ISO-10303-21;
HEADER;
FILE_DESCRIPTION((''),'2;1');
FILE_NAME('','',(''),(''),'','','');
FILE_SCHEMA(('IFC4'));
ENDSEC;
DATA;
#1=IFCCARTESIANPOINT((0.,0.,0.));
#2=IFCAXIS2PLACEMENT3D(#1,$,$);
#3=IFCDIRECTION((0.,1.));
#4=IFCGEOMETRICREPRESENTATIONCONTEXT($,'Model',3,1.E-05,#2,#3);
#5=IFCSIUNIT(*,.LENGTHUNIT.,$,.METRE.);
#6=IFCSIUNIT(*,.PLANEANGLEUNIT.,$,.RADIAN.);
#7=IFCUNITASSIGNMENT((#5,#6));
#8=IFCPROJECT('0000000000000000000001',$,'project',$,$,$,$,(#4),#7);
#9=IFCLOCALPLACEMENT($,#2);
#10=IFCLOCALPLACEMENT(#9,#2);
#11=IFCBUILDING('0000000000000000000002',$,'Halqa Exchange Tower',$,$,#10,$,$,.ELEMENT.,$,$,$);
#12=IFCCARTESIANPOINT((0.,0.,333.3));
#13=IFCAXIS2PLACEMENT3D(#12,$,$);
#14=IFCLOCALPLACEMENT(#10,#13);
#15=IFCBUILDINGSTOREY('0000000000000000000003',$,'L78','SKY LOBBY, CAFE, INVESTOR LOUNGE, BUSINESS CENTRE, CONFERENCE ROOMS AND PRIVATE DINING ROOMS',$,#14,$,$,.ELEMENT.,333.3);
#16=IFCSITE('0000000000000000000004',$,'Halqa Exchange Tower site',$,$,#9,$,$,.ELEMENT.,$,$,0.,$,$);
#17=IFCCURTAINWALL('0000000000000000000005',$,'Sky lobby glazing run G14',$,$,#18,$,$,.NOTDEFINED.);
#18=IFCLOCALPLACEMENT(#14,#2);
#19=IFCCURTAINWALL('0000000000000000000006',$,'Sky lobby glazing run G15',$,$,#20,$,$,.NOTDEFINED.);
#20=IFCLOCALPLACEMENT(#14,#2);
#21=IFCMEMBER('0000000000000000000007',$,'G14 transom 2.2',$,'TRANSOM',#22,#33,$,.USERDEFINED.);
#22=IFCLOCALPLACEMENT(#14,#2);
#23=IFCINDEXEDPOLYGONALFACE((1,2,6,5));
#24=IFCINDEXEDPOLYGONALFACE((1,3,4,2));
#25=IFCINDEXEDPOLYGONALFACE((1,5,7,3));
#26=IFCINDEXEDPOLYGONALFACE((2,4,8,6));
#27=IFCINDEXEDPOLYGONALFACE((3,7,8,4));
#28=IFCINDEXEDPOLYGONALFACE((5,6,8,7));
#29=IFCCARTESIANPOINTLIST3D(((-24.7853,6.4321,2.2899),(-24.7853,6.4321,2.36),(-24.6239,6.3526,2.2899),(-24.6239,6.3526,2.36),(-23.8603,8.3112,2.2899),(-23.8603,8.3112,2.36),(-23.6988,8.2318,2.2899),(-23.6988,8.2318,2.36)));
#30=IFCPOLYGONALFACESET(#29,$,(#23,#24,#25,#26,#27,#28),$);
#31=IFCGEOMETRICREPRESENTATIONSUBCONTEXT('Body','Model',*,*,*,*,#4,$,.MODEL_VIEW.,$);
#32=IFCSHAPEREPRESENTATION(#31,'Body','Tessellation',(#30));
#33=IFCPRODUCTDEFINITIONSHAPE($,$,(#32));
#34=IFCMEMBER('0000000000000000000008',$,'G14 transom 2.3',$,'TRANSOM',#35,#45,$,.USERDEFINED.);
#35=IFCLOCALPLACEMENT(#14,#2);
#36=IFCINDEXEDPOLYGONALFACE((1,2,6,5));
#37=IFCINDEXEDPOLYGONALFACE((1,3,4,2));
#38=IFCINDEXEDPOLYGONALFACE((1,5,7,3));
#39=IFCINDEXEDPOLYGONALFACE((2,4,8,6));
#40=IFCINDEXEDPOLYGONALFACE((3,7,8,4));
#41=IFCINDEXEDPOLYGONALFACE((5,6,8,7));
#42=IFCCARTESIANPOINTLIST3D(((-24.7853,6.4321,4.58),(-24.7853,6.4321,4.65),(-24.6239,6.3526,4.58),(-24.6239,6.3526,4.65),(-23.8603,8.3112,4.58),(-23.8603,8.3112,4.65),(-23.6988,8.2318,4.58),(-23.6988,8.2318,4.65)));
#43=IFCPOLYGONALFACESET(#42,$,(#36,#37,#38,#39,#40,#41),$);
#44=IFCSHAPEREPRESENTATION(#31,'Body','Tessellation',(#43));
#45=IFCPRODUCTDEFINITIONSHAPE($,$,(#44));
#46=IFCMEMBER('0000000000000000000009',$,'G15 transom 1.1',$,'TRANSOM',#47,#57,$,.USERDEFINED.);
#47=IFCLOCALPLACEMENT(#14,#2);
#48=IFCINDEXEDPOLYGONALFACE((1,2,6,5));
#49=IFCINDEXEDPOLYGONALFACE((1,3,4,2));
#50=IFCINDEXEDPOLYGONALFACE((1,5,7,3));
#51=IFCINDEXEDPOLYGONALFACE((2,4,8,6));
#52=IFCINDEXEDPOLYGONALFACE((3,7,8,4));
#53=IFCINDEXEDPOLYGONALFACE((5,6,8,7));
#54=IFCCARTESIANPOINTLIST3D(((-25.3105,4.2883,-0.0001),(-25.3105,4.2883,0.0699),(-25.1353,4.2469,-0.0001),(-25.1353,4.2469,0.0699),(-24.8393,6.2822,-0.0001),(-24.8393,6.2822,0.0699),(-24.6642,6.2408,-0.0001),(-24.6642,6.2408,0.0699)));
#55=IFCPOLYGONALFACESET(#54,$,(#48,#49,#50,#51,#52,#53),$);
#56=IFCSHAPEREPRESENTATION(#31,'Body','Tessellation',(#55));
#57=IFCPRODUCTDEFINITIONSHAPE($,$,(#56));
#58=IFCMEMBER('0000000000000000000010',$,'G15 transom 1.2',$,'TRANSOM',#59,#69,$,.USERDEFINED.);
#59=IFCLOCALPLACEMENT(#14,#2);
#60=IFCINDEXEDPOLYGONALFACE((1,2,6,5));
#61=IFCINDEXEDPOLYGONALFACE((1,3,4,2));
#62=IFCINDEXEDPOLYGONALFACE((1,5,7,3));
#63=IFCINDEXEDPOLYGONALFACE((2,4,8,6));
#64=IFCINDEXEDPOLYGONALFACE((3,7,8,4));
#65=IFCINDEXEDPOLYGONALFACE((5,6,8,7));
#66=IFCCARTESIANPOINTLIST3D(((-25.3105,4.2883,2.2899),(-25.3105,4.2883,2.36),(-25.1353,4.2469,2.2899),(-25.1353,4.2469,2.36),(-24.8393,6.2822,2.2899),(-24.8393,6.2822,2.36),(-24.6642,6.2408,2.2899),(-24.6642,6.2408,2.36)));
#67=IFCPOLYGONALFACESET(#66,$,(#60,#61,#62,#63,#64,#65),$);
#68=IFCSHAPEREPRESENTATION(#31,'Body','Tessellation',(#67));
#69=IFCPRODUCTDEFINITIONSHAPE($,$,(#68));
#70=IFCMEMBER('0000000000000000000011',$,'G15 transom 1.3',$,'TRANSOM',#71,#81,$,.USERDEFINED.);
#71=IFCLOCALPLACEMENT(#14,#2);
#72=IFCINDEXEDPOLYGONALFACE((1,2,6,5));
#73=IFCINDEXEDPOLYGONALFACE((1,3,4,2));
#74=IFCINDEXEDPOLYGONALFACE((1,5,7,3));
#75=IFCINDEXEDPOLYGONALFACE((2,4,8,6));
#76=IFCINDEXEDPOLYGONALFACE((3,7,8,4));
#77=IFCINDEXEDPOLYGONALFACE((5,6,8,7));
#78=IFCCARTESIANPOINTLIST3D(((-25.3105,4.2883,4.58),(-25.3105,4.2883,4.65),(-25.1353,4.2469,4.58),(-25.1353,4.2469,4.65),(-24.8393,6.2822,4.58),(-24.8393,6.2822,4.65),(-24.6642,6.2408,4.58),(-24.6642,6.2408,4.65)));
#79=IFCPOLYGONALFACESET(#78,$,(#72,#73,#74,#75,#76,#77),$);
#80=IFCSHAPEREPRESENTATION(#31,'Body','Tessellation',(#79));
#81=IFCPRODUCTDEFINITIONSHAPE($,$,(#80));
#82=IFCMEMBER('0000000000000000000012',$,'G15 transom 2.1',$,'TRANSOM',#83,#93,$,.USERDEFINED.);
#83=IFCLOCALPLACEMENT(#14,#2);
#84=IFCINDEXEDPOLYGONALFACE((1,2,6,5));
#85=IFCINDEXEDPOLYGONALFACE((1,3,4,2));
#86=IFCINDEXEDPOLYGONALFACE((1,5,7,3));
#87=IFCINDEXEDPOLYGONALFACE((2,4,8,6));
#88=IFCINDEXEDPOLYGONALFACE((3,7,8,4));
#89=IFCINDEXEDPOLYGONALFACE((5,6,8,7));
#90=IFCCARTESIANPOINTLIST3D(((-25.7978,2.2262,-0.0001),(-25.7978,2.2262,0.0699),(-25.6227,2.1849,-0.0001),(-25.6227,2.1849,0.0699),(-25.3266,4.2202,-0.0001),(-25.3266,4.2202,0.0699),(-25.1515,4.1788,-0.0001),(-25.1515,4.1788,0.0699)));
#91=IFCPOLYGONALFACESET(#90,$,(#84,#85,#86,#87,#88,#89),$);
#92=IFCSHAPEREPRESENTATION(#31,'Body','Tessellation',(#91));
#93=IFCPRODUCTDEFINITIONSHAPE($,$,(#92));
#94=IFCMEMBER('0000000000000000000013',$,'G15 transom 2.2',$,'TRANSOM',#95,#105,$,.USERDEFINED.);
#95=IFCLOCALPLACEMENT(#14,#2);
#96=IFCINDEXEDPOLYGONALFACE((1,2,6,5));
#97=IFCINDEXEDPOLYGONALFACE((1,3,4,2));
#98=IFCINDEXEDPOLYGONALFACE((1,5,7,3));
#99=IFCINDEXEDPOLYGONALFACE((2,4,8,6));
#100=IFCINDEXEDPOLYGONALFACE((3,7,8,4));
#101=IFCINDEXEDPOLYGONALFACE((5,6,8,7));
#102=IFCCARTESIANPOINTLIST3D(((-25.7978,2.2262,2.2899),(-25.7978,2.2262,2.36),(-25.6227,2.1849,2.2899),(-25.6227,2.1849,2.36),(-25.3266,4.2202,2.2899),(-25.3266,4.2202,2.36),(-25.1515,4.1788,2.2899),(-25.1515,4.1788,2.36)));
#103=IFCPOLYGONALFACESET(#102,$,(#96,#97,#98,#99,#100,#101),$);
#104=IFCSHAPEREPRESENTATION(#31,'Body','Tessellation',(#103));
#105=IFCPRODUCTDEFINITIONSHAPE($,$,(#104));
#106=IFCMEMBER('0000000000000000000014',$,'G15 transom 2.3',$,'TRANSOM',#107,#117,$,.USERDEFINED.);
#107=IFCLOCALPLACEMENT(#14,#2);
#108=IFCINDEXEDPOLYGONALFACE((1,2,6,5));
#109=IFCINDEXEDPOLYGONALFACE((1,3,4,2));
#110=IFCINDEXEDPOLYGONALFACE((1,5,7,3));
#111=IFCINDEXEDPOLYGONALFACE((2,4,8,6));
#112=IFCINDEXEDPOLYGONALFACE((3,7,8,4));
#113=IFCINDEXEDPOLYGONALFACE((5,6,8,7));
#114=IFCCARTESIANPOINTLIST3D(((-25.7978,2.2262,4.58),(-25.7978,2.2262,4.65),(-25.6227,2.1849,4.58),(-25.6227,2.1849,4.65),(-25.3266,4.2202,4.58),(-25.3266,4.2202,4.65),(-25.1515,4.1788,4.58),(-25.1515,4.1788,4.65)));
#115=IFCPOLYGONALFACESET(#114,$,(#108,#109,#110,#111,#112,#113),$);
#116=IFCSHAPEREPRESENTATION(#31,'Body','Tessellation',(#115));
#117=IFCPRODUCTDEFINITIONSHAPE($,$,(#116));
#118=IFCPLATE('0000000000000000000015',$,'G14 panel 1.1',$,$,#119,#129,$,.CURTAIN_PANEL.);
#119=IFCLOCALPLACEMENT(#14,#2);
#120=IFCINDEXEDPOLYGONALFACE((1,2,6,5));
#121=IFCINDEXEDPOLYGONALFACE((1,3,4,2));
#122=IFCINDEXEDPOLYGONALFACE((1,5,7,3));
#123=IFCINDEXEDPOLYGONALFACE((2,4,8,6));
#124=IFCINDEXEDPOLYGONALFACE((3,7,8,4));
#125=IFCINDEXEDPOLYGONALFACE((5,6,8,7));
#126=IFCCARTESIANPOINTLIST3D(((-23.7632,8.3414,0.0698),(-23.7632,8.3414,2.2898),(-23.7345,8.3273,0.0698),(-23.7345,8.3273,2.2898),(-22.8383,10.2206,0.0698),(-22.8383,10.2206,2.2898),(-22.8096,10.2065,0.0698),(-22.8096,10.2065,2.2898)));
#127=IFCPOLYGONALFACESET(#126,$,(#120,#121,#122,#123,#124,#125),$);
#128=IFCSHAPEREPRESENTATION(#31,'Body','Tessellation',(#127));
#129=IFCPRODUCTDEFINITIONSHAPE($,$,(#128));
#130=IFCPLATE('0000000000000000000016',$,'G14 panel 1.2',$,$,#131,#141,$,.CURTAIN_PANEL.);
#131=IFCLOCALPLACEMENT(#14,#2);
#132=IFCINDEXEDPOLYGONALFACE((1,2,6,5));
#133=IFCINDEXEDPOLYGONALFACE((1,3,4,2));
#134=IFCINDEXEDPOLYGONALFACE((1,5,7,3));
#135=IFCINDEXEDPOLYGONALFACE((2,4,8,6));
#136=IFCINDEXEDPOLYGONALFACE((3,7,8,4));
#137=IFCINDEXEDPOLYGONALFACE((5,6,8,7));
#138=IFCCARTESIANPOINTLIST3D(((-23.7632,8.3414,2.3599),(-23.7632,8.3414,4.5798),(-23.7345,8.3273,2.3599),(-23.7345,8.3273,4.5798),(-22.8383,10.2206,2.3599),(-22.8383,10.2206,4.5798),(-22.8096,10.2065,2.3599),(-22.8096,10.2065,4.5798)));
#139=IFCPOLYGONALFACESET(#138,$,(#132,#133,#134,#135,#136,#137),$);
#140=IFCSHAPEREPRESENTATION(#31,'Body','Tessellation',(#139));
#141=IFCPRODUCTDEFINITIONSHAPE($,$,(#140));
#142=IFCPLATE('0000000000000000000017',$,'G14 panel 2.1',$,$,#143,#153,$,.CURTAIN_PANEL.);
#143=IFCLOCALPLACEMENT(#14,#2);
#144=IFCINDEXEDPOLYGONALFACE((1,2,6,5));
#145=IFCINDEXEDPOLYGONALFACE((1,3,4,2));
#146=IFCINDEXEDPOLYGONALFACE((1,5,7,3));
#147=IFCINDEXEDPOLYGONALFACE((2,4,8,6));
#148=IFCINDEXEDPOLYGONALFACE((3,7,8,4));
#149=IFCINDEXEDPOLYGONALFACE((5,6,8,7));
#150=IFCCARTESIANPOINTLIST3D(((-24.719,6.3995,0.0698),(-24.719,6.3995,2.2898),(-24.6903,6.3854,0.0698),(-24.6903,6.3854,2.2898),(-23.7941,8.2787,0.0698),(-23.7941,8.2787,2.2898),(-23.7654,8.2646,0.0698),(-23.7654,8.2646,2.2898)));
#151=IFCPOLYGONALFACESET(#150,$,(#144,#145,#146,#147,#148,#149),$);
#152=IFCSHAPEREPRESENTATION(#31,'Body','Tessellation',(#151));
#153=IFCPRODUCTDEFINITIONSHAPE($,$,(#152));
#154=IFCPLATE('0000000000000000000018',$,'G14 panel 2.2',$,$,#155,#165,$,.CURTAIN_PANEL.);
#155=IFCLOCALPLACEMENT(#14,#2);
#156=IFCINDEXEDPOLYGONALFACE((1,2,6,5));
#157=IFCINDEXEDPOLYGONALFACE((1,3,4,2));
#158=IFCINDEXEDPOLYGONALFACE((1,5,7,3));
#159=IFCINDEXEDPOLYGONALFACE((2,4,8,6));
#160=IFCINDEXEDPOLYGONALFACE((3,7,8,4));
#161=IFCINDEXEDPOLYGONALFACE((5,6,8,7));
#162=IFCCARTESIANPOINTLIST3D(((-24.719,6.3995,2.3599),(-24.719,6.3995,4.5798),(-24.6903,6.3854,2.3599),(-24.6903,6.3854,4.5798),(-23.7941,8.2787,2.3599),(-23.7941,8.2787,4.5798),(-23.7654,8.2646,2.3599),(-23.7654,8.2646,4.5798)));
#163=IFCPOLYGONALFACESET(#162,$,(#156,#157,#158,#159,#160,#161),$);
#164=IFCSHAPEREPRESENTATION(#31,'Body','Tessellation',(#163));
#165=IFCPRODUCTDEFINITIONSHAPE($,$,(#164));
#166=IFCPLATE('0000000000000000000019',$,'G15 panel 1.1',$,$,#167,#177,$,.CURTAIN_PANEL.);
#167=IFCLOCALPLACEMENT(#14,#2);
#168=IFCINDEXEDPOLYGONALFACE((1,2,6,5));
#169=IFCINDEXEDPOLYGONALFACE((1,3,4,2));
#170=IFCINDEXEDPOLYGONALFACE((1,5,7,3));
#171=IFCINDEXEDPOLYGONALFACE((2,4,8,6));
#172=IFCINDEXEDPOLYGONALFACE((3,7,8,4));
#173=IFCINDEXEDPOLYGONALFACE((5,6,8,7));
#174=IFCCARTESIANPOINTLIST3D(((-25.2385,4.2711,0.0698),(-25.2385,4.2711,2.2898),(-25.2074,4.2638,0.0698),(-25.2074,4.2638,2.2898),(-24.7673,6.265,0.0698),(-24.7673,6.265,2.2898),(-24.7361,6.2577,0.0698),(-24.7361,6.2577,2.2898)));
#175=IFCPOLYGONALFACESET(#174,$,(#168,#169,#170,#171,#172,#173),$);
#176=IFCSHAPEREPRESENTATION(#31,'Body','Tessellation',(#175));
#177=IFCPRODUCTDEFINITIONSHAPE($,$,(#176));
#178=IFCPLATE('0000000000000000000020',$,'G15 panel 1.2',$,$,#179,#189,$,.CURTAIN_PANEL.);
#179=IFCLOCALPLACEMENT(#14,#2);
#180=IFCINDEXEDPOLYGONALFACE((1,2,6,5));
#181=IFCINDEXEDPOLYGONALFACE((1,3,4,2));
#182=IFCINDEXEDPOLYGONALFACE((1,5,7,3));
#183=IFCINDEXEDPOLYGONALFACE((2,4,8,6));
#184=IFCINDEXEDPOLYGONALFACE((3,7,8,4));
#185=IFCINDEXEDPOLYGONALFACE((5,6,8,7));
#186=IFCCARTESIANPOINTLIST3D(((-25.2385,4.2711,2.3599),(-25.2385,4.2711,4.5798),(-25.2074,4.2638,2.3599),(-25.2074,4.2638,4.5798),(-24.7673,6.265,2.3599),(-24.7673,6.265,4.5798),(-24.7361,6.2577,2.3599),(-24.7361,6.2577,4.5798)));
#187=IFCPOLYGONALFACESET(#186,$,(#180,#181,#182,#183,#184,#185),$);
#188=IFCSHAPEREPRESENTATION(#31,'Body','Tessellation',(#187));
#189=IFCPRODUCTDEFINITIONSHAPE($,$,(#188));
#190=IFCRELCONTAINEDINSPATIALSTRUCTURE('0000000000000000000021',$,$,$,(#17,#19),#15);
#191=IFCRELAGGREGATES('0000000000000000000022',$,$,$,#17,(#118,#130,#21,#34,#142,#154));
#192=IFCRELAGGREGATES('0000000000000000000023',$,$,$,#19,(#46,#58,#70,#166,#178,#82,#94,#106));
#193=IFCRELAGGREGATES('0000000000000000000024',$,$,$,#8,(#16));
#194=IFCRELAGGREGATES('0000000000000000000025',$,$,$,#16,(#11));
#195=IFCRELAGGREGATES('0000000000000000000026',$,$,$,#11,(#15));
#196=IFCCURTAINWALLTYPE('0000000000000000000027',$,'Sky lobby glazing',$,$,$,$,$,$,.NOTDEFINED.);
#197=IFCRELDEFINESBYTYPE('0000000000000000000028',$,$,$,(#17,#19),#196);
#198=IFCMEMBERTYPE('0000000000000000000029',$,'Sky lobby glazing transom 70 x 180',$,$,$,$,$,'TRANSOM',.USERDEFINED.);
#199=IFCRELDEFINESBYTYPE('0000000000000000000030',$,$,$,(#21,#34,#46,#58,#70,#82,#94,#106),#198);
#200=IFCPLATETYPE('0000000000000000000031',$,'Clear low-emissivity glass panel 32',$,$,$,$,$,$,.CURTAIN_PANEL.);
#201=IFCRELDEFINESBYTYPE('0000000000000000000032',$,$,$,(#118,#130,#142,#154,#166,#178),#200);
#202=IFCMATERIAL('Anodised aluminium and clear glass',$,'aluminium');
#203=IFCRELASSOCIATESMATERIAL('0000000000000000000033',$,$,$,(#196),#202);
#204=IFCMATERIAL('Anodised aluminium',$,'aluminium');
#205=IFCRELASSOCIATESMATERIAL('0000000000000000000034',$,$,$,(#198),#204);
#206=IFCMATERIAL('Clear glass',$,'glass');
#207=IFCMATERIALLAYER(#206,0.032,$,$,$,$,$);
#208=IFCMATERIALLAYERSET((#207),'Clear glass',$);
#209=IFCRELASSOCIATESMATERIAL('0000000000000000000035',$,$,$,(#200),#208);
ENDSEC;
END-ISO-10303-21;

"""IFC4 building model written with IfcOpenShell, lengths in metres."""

from ifc_helpers import new_model, si_unit, direction, frame, origin, origin_2d, place, context, subcontext, project, spatial, rectangle, extrude, material, layer, layer_set, material_profile, profile_set, type_object, element, aggregate, save


model = new_model("IFC4")

# Units and contexts
model_context = context("Model", 3, precision=1e-05, world=origin(), true_north=direction((0.0, 1.0)))
body_context = subcontext(model_context, "Body", "Model", "MODEL_VIEW")
ifc_project = project(units=[si_unit("LENGTHUNIT", "METRE"), si_unit("PLANEANGLEUNIT", "RADIAN")], contexts=[model_context])

# Site, building, storey
site_placement = place(None, origin())
site = spatial("IfcSite", under=ifc_project, at=site_placement, Name="Halqa Exchange Tower site", CompositionType="ELEMENT", RefElevation=0.0)
building_placement = place(site_placement, origin())
building = spatial("IfcBuilding", under=site, at=building_placement, Name="Halqa Exchange Tower", CompositionType="ELEMENT")
storey_placement = place(building_placement, frame((0.0, 0.0, 333.3)))
storey = spatial("IfcBuildingStorey", under=building, at=storey_placement, Name="L78", Description="SKY LOBBY, CAFE, INVESTOR LOUNGE, BUSINESS CENTRE, CONFERENCE ROOMS AND PRIVATE DINING ROOMS", CompositionType="ELEMENT", Elevation=333.3)

# Curtain walls
ifc_material_1 = material(Name="Anodised aluminium and clear glass", Category="aluminium")
curtain_wall_type = type_object("IfcCurtainWallType", Name="Sky lobby glazing", PredefinedType="NOTDEFINED", material=ifc_material_1)
curtain_wall_1_placement = place(storey_placement, origin())
curtain_wall_1 = element("IfcCurtainWall", 1, at=curtain_wall_1_placement, inside=storey, type_object=curtain_wall_type, Name="Sky lobby glazing run G14", PredefinedType="NOTDEFINED")
ifc_material_2 = material(Name="Anodised aluminium", Category="aluminium")
curtain_wall_2_placement = place(storey_placement, origin())
curtain_wall_2 = element("IfcCurtainWall", 2, at=curtain_wall_2_placement, inside=storey, type_object=curtain_wall_type, Name="Sky lobby glazing run G15", PredefinedType="NOTDEFINED")

# Members
ifc_material_profile_1 = material_profile(ifc_material_2, rectangle(XDim=0.1799, YDim=0.0701, at=origin_2d()), Name="AL 70x180")
ifc_profile_set_1 = profile_set([ifc_material_profile_1], Name="Anodised aluminium")
member_type_1 = type_object("IfcMemberType", Name="Sky lobby glazing transom 70 x 180", ElementType="TRANSOM", PredefinedType="USERDEFINED", material=ifc_profile_set_1)
member_1_placement = place(storey_placement, frame((-23.7795, 8.2715, 2.325), z_axis=(-0.441657, -0.897184, 0.0), x_axis=(0.897184, -0.441657, 0.0)))
member_1 = element("IfcMember", 3, at=member_1_placement, type_object=member_type_1, Name="G14 transom 2.2", ObjectType="TRANSOM", PredefinedType="USERDEFINED", context=body_context, shape_type="SweptSolid", body=[
    extrude(rectangle(XDim=0.1799, YDim=0.0701, at=origin_2d()), origin(), (0.0, 0.0, 1.0), 2.0945),
])
member_2_placement = place(storey_placement, frame((-23.7795, 8.2715, 4.615), z_axis=(-0.441657, -0.897184, 0.0), x_axis=(0.897184, -0.441657, 0.0)))
member_2 = element("IfcMember", 4, at=member_2_placement, type_object=member_type_1, Name="G14 transom 2.3", ObjectType="TRANSOM", PredefinedType="USERDEFINED", context=body_context, shape_type="SweptSolid", body=[
    extrude(rectangle(XDim=0.1799, YDim=0.0701, at=origin_2d()), origin(), (0.0, 0.0, 1.0), 2.0945),
])
member_3_placement = place(storey_placement, frame((-24.7517, 6.2615, 0.0349), z_axis=(-0.229982, -0.973195, 0.0), x_axis=(0.973195, -0.229982, 0.0)))
member_3 = element("IfcMember", 5, at=member_3_placement, type_object=member_type_1, Name="G15 transom 1.1", ObjectType="TRANSOM", PredefinedType="USERDEFINED", context=body_context, shape_type="SweptSolid", body=[
    extrude(rectangle(XDim=0.1799, YDim=0.0701, at=origin_2d()), origin(), (0.0, 0.0, 1.0), 2.0488),
])
member_4_placement = place(storey_placement, frame((-24.7517, 6.2615, 2.325), z_axis=(-0.229982, -0.973195, 0.0), x_axis=(0.973195, -0.229982, 0.0)))
member_4 = element("IfcMember", 6, at=member_4_placement, type_object=member_type_1, Name="G15 transom 1.2", ObjectType="TRANSOM", PredefinedType="USERDEFINED", context=body_context, shape_type="SweptSolid", body=[
    extrude(rectangle(XDim=0.1799, YDim=0.0701, at=origin_2d()), origin(), (0.0, 0.0, 1.0), 2.0488),
])
member_5_placement = place(storey_placement, frame((-24.7517, 6.2615, 4.615), z_axis=(-0.229982, -0.973195, 0.0), x_axis=(0.973195, -0.229982, 0.0)))
member_5 = element("IfcMember", 7, at=member_5_placement, type_object=member_type_1, Name="G15 transom 1.3", ObjectType="TRANSOM", PredefinedType="USERDEFINED", context=body_context, shape_type="SweptSolid", body=[
    extrude(rectangle(XDim=0.1799, YDim=0.0701, at=origin_2d()), origin(), (0.0, 0.0, 1.0), 2.0488),
])
member_6_placement = place(storey_placement, frame((-25.239, 4.1995, 0.0349), z_axis=(-0.229982, -0.973195, 0.0), x_axis=(0.973195, -0.229982, 0.0)))
member_6 = element("IfcMember", 8, at=member_6_placement, type_object=member_type_1, Name="G15 transom 2.1", ObjectType="TRANSOM", PredefinedType="USERDEFINED", context=body_context, shape_type="SweptSolid", body=[
    extrude(rectangle(XDim=0.1799, YDim=0.0701, at=origin_2d()), origin(), (0.0, 0.0, 1.0), 2.0488),
])
member_7_placement = place(storey_placement, frame((-25.239, 4.1995, 2.325), z_axis=(-0.229982, -0.973195, 0.0), x_axis=(0.973195, -0.229982, 0.0)))
member_7 = element("IfcMember", 9, at=member_7_placement, type_object=member_type_1, Name="G15 transom 2.2", ObjectType="TRANSOM", PredefinedType="USERDEFINED", context=body_context, shape_type="SweptSolid", body=[
    extrude(rectangle(XDim=0.1799, YDim=0.0701, at=origin_2d()), origin(), (0.0, 0.0, 1.0), 2.0488),
])
member_8_placement = place(storey_placement, frame((-25.239, 4.1995, 4.615), z_axis=(-0.229982, -0.973195, 0.0), x_axis=(0.973195, -0.229982, 0.0)))
member_8 = element("IfcMember", 10, at=member_8_placement, type_object=member_type_1, Name="G15 transom 2.3", ObjectType="TRANSOM", PredefinedType="USERDEFINED", context=body_context, shape_type="SweptSolid", body=[
    extrude(rectangle(XDim=0.1799, YDim=0.0701, at=origin_2d()), origin(), (0.0, 0.0, 1.0), 2.0488),
])

# Plates
ifc_material_3 = material(Name="Clear glass", Category="glass")
ifc_layer_1 = layer(ifc_material_3, 0.032)
ifc_layer_set_1 = layer_set([ifc_layer_1], Name="Clear glass")
plate_type = type_object("IfcPlateType", Name="Clear low-emissivity glass panel 32", PredefinedType="CURTAIN_PANEL", material=ifc_layer_set_1)
plate_1_placement = place(storey_placement, frame((-23.2864, 9.2739, 0.0698), z_axis=(0.0, 0.0, 1.0), x_axis=(-0.441595, -0.897215, 0.0)))
plate_1 = element("IfcPlate", 11, at=plate_1_placement, type_object=plate_type, Name="G14 panel 1.1", PredefinedType="CURTAIN_PANEL", context=body_context, shape_type="SweptSolid", body=[
    extrude(rectangle(XDim=2.0945, YDim=0.032, at=origin_2d()), origin(), (0.0, 0.0, 1.0), 2.22),
])
plate_2_placement = place(storey_placement, frame((-23.2864, 9.2739, 2.3599), z_axis=(0.0, 0.0, 1.0), x_axis=(-0.441595, -0.897215, 0.0)))
plate_2 = element("IfcPlate", 12, at=plate_2_placement, type_object=plate_type, Name="G14 panel 1.2", PredefinedType="CURTAIN_PANEL", context=body_context, shape_type="SweptSolid", body=[
    extrude(rectangle(XDim=2.0945, YDim=0.032, at=origin_2d()), origin(), (0.0, 0.0, 1.0), 2.22),
])
plate_3_placement = place(storey_placement, frame((-24.2422, 7.332, 0.0698), z_axis=(0.0, 0.0, 1.0), x_axis=(-0.441595, -0.897215, 0.0)))
plate_3 = element("IfcPlate", 13, at=plate_3_placement, type_object=plate_type, Name="G14 panel 2.1", PredefinedType="CURTAIN_PANEL", context=body_context, shape_type="SweptSolid", body=[
    extrude(rectangle(XDim=2.0945, YDim=0.032, at=origin_2d()), origin(), (0.0, 0.0, 1.0), 2.22),
])
plate_4_placement = place(storey_placement, frame((-24.2422, 7.332, 2.3599), z_axis=(0.0, 0.0, 1.0), x_axis=(-0.441595, -0.897215, 0.0)))
plate_4 = element("IfcPlate", 14, at=plate_4_placement, type_object=plate_type, Name="G14 panel 2.2", PredefinedType="CURTAIN_PANEL", context=body_context, shape_type="SweptSolid", body=[
    extrude(rectangle(XDim=2.0945, YDim=0.032, at=origin_2d()), origin(), (0.0, 0.0, 1.0), 2.22),
])
aggregate(curtain_wall_1, [plate_1, plate_2, member_1, member_2, plate_3, plate_4])
plate_5_placement = place(storey_placement, frame((-24.9873, 5.2644, 0.0698), z_axis=(0.0, 0.0, 1.0), x_axis=(-0.229995, -0.973192, 0.0)))
plate_5 = element("IfcPlate", 15, at=plate_5_placement, type_object=plate_type, Name="G15 panel 1.1", PredefinedType="CURTAIN_PANEL", context=body_context, shape_type="SweptSolid", body=[
    extrude(rectangle(XDim=2.0488, YDim=0.032, at=origin_2d()), origin(), (0.0, 0.0, 1.0), 2.22),
])
plate_6_placement = place(storey_placement, frame((-24.9873, 5.2644, 2.3599), z_axis=(0.0, 0.0, 1.0), x_axis=(-0.229995, -0.973192, 0.0)))
plate_6 = element("IfcPlate", 16, at=plate_6_placement, type_object=plate_type, Name="G15 panel 1.2", PredefinedType="CURTAIN_PANEL", context=body_context, shape_type="SweptSolid", body=[
    extrude(rectangle(XDim=2.0488, YDim=0.032, at=origin_2d()), origin(), (0.0, 0.0, 1.0), 2.22),
])
aggregate(curtain_wall_2, [member_3, member_4, member_5, plate_5, plate_6, member_6, member_7, member_8])

save(model, "model.ifc")
